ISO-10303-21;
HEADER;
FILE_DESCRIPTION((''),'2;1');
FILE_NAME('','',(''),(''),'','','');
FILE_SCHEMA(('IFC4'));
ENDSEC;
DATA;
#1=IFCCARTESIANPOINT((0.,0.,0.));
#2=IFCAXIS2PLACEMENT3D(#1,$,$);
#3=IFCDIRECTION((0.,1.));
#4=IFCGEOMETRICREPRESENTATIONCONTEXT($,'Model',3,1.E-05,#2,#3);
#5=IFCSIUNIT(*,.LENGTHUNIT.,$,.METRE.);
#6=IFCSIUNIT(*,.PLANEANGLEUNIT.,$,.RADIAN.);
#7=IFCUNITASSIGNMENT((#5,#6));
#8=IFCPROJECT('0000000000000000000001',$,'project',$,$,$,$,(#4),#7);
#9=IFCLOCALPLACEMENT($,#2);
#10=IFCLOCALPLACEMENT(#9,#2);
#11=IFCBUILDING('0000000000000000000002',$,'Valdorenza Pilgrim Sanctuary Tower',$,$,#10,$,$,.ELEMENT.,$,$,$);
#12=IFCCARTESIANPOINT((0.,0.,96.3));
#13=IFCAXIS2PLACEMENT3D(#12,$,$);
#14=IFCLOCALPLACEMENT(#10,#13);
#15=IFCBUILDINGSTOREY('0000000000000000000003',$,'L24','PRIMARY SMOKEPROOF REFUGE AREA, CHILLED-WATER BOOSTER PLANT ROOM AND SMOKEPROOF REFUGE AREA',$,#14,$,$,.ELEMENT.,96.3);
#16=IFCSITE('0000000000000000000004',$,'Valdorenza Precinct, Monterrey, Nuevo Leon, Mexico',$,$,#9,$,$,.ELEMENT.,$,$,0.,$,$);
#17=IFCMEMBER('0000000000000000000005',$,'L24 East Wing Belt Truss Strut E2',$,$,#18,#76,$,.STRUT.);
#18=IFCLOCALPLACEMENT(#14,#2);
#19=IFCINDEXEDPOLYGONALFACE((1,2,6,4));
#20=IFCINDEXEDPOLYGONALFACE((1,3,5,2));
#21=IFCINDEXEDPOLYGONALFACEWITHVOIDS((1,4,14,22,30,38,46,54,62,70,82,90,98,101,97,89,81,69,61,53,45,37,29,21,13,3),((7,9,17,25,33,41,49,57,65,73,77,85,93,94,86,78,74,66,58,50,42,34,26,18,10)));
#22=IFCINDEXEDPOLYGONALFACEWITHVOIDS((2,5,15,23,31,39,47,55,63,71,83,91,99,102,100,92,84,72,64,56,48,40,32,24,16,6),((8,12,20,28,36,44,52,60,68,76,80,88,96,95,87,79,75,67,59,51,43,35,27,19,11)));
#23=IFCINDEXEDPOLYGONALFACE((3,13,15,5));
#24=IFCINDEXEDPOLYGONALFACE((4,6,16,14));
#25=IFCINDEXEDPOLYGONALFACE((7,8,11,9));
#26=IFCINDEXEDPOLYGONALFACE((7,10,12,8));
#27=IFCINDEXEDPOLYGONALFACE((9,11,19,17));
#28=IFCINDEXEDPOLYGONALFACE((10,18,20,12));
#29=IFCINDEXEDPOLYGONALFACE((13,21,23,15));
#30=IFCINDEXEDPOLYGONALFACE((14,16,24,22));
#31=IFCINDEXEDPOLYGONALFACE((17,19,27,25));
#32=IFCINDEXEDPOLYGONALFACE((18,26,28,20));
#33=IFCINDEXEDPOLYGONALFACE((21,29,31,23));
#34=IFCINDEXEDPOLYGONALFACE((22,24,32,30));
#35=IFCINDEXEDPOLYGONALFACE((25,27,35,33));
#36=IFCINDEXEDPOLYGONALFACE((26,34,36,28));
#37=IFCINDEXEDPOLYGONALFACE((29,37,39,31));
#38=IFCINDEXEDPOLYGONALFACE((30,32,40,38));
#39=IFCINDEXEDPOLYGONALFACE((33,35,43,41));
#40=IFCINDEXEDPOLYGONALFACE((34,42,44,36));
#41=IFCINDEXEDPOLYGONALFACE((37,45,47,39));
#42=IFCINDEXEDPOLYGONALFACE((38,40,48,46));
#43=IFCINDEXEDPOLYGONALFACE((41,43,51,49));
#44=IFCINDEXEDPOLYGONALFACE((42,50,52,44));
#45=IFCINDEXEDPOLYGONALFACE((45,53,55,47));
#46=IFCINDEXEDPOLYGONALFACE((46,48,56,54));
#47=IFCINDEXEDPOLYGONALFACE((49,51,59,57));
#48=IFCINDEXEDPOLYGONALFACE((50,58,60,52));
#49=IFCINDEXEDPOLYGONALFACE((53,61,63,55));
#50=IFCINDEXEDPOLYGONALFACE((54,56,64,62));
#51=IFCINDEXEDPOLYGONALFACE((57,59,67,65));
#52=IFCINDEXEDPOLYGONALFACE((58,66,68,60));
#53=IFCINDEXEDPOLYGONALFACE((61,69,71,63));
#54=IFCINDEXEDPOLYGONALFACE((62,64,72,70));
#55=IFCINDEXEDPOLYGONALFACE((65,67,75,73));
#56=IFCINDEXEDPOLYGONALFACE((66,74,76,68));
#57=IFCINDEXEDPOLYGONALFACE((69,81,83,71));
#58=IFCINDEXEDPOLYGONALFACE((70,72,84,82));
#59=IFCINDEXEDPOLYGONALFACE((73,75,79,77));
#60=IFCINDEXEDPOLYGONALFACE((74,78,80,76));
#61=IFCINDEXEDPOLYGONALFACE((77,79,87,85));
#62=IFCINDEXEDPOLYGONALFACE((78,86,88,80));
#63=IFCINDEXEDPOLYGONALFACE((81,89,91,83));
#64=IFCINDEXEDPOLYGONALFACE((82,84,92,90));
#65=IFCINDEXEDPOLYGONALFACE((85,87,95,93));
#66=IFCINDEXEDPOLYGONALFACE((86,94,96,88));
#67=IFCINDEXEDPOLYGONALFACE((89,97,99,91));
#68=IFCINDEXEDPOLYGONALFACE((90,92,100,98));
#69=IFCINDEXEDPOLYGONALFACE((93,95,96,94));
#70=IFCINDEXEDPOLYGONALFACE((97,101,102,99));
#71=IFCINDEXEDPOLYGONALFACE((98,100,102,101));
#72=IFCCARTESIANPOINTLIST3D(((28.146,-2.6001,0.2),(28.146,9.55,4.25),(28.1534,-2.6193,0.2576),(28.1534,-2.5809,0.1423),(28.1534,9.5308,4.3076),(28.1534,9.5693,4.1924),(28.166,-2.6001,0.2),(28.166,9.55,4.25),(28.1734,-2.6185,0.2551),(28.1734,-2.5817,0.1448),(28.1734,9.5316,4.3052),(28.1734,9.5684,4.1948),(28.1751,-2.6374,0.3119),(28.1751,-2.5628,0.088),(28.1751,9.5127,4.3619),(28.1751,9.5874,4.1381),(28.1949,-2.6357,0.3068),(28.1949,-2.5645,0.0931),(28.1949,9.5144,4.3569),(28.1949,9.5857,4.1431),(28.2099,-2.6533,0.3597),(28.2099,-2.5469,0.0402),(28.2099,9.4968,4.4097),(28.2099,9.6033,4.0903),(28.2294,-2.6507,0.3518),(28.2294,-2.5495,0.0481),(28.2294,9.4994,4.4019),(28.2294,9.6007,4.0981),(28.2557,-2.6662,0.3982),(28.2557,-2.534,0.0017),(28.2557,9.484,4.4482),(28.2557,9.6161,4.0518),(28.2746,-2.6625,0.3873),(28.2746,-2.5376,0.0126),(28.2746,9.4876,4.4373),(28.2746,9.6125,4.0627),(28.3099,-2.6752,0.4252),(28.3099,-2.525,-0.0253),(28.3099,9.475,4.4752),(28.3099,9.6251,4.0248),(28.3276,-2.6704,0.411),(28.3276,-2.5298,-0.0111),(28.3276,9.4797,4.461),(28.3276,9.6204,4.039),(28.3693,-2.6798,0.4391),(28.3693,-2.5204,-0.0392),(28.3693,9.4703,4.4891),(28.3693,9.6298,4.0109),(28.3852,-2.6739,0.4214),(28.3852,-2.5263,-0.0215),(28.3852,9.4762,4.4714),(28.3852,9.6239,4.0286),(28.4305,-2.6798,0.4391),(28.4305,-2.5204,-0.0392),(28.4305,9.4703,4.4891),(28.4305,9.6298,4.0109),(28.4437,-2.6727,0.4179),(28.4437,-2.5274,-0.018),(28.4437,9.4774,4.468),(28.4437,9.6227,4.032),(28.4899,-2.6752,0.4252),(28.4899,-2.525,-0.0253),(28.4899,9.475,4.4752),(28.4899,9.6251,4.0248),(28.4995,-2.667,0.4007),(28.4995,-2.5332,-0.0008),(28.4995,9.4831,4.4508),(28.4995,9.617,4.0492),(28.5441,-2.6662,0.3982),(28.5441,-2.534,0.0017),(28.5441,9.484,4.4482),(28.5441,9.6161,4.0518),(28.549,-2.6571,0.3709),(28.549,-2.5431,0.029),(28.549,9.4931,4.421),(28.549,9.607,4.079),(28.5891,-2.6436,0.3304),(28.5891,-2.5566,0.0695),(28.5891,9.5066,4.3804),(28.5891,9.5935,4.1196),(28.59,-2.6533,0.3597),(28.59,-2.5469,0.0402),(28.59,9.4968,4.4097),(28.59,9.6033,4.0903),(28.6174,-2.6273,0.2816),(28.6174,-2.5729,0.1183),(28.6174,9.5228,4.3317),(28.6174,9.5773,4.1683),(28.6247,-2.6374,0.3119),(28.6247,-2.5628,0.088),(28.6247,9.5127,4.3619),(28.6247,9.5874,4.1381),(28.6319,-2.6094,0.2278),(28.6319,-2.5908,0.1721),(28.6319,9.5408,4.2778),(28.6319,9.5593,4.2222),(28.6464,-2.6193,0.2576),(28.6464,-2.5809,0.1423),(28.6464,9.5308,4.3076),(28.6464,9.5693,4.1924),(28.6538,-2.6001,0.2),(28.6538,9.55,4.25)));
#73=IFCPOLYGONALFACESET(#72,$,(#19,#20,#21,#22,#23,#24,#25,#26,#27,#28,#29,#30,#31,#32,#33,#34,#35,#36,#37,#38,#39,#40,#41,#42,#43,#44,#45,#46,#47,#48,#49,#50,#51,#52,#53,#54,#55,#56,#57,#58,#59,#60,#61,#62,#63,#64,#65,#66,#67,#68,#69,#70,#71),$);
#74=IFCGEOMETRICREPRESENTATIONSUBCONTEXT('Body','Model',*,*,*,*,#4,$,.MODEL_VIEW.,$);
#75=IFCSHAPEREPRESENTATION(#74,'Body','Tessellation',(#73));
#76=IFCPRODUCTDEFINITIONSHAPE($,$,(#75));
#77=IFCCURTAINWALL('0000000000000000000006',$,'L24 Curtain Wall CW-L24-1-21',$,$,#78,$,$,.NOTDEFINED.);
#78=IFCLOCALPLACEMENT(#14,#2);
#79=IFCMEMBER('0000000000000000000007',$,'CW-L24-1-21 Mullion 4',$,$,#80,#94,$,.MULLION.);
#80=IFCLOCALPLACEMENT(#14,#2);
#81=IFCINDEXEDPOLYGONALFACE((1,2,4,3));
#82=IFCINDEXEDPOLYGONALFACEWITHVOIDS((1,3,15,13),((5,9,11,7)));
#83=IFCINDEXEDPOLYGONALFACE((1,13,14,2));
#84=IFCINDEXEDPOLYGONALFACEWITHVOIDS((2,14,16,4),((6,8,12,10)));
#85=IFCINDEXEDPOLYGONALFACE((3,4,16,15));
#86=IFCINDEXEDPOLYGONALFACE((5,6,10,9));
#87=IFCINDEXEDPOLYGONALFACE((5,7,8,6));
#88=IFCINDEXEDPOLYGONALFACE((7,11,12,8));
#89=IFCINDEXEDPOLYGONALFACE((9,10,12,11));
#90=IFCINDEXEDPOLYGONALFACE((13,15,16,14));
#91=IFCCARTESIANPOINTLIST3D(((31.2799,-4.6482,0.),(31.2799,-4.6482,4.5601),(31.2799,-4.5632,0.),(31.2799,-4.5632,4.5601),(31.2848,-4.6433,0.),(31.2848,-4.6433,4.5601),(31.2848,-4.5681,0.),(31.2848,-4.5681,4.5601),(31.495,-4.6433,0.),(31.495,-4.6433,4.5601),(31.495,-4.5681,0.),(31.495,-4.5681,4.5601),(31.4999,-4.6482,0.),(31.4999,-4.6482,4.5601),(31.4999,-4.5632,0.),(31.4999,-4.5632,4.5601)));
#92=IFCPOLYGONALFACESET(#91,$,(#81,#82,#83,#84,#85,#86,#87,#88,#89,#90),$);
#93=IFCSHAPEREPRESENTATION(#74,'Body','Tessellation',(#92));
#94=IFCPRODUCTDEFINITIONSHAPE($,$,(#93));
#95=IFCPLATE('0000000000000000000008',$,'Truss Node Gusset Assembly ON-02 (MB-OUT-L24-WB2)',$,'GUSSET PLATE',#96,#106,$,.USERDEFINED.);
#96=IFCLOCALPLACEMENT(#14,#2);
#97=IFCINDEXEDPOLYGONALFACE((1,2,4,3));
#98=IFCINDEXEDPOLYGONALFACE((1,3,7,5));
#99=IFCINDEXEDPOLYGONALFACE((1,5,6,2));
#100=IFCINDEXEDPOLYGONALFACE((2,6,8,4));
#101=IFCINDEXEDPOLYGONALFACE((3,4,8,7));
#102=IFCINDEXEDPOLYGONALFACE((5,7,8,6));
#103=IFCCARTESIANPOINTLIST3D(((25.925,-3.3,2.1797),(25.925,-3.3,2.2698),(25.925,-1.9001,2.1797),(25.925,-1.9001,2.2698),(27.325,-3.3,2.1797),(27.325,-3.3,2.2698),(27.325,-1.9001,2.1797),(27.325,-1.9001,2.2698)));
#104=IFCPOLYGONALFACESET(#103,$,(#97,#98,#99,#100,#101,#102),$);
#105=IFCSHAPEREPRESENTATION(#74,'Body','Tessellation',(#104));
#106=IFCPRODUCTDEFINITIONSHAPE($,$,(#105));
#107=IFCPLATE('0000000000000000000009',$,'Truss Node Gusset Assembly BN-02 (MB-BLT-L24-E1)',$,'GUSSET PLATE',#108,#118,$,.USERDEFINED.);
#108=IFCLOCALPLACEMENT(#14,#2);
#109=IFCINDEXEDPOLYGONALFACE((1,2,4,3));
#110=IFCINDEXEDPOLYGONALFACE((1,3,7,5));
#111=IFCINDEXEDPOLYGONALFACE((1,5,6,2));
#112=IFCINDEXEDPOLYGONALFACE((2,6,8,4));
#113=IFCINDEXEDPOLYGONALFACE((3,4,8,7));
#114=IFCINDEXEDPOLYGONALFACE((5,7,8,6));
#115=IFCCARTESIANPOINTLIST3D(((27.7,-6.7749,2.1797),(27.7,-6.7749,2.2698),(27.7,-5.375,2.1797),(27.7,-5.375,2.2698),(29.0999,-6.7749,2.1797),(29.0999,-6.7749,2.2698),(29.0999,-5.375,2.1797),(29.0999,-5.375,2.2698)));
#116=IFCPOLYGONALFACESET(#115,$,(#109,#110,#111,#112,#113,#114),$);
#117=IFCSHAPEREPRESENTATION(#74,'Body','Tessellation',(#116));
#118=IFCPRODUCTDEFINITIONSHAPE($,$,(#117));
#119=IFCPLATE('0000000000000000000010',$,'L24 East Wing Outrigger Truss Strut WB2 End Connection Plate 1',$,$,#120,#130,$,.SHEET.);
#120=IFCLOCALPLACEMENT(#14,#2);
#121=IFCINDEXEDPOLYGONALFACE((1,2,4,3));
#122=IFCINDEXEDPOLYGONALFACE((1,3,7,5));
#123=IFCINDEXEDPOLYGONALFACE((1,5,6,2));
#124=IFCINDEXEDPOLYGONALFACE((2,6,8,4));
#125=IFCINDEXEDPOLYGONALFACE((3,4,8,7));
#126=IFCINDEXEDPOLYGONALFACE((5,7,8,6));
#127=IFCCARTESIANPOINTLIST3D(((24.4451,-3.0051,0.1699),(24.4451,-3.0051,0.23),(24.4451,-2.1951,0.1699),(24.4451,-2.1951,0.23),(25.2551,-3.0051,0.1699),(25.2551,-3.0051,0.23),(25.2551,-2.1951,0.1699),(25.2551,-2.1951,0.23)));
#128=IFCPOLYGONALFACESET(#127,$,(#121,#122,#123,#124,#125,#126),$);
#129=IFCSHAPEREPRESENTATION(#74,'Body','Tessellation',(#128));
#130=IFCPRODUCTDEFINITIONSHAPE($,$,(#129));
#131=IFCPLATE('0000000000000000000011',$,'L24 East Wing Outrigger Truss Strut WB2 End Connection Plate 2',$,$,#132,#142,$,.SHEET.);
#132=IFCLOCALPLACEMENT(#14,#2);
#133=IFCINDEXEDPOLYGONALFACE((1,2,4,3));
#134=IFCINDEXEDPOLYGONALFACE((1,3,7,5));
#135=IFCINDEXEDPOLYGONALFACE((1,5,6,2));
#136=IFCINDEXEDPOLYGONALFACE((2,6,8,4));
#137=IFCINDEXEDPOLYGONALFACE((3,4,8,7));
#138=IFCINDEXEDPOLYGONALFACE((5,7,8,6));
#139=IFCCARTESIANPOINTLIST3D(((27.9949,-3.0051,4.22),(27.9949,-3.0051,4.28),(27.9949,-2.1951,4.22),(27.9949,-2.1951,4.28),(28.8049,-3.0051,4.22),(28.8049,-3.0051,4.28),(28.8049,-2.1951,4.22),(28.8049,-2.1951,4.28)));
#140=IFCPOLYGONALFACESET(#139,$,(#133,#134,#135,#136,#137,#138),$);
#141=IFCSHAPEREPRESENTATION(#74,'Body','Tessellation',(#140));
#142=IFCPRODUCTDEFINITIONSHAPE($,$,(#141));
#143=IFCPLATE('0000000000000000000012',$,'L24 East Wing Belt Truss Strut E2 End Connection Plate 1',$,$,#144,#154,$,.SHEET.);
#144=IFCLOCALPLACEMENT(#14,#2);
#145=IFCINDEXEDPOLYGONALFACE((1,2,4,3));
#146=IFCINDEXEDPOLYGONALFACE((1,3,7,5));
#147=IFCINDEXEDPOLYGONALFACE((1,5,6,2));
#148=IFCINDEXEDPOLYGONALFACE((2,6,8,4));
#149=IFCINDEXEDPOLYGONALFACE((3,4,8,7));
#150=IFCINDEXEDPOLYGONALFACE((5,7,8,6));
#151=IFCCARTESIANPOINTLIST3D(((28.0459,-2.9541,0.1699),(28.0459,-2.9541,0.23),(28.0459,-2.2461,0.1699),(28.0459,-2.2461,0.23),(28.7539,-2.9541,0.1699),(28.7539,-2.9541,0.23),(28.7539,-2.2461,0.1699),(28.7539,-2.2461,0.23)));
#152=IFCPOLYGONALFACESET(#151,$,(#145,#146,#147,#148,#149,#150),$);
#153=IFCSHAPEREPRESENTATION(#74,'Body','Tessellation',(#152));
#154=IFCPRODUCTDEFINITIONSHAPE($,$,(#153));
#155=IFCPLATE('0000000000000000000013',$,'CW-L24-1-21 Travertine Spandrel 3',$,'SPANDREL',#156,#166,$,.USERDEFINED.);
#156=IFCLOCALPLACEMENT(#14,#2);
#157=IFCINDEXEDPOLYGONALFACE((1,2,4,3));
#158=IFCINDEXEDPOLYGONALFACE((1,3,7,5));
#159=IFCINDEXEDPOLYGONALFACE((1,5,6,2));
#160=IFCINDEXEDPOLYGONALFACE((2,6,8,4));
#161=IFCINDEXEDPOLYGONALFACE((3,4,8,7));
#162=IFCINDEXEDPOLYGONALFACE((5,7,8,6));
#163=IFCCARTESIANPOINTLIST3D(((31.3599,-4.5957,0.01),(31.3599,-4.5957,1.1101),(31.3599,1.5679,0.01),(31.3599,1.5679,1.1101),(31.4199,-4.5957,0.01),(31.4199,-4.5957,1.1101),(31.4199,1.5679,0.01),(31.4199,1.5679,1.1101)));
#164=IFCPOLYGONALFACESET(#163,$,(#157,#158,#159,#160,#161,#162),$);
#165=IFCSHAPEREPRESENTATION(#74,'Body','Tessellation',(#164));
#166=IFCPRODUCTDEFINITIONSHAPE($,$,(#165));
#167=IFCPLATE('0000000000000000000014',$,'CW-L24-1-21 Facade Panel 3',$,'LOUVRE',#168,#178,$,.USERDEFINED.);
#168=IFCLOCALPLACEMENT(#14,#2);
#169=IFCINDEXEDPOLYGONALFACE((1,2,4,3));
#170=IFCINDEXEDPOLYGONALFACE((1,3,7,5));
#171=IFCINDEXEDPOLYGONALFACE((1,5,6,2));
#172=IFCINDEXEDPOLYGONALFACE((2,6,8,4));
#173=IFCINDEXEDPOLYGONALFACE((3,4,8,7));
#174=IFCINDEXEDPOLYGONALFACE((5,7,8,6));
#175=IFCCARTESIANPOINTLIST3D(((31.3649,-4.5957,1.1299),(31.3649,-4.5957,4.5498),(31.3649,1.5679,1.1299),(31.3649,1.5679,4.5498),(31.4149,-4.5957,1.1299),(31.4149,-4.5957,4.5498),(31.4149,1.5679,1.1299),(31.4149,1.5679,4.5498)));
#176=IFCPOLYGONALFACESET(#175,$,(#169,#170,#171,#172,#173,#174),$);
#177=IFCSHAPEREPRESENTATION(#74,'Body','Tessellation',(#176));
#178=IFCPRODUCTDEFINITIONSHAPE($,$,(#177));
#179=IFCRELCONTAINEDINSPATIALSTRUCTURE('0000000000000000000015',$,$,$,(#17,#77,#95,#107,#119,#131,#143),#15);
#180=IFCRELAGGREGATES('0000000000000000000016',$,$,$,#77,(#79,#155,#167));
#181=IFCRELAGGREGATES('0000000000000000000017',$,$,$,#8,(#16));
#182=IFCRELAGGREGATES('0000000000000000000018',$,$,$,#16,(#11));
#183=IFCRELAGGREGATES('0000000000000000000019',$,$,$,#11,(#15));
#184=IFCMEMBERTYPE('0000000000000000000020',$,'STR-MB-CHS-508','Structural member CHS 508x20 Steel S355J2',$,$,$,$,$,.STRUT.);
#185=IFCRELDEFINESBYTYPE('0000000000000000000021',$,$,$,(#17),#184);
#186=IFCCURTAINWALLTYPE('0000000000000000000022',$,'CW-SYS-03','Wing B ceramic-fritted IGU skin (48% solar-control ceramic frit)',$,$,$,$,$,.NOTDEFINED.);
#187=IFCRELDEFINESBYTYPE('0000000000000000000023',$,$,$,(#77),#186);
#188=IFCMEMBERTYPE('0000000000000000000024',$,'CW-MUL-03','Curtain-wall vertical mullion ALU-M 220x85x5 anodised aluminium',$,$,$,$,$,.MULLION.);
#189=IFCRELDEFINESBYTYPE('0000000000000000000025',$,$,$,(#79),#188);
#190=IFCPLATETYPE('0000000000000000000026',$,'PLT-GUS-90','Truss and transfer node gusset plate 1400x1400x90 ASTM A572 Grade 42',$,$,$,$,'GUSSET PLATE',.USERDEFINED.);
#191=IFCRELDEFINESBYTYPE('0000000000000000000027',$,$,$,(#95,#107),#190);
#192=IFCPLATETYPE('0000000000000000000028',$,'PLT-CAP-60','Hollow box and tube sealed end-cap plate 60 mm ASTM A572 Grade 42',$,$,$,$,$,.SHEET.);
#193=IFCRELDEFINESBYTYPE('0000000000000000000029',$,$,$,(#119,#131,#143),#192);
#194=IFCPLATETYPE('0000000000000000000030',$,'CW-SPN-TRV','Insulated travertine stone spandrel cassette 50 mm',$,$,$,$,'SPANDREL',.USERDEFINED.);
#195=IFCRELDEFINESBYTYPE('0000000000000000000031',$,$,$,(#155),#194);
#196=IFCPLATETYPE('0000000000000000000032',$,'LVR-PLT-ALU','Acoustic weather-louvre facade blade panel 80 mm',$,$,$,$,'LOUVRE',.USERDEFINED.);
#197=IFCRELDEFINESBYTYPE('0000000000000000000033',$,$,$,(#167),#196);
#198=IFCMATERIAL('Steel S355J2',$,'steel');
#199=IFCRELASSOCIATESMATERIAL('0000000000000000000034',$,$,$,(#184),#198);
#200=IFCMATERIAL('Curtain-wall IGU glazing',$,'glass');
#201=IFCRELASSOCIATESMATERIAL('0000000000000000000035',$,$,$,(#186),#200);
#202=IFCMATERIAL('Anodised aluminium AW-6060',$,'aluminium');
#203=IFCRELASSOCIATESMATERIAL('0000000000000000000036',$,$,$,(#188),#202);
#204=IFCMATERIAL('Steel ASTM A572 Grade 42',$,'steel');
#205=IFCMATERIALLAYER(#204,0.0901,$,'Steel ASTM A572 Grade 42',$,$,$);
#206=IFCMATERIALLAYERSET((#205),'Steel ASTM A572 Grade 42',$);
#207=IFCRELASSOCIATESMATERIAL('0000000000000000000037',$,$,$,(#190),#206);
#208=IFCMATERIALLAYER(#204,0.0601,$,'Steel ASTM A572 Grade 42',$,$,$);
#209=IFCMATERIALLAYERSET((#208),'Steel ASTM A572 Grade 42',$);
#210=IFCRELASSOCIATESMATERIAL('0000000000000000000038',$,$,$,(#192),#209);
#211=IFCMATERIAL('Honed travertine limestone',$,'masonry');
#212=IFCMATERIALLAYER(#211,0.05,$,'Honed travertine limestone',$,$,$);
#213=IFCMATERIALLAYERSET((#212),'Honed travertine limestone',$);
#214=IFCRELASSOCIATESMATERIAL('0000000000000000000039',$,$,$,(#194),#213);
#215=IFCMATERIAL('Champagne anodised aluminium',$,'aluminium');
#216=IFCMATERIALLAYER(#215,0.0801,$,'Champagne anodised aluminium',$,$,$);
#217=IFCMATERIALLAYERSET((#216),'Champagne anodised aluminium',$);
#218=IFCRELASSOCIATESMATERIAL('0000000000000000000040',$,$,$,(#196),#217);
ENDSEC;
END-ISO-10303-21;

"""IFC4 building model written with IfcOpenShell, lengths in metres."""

from ifc_helpers import new_model, si_unit, direction, frame, origin, origin_2d, place, context, subcontext, project, spatial, rectangle, hollow_rectangle, hollow_circle, extrude, source, transform, mapped, material, layer, layer_set, material_profile, profile_set, type_object, element, aggregate, save


model = new_model("IFC4")

# Units and contexts
model_context = context("Model", 3, precision=1e-05, world=origin(), true_north=direction((0.0, 1.0)))
body_context = subcontext(model_context, "Body", "Model", "MODEL_VIEW")
ifc_project = project(units=[si_unit("LENGTHUNIT", "METRE"), si_unit("PLANEANGLEUNIT", "RADIAN")], contexts=[model_context])

# Site, building, storey
site_placement = place(None, origin())
site = spatial("IfcSite", under=ifc_project, at=site_placement, Name="Valdorenza Precinct, Monterrey, Nuevo Leon, Mexico", CompositionType="ELEMENT", RefElevation=0.0)
building_placement = place(site_placement, origin())
building = spatial("IfcBuilding", under=site, at=building_placement, Name="Valdorenza Pilgrim Sanctuary Tower", CompositionType="ELEMENT")
storey_placement = place(building_placement, frame((0.0, 0.0, 96.3)))
storey = spatial("IfcBuildingStorey", under=building, at=storey_placement, Name="L24", Description="PRIMARY SMOKEPROOF REFUGE AREA, CHILLED-WATER BOOSTER PLANT ROOM AND SMOKEPROOF REFUGE AREA", CompositionType="ELEMENT", Elevation=96.3)

# Member
ifc_material_1 = material(Name="Steel S355J2", Category="steel")
ifc_material_profile_1 = material_profile(ifc_material_1, hollow_circle(Radius=0.2539, WallThickness=0.02, at=origin_2d()), Name="CHS 508x20")
ifc_profile_set_1 = profile_set([ifc_material_profile_1], Name="Steel S355J2")
member_type_1 = type_object("IfcMemberType", Name="STR-MB-CHS-508", Description="Structural member CHS 508x20 Steel S355J2", PredefinedType="STRUT", material=ifc_profile_set_1)
shared_shape_1 = source(origin(), body_context, "Body", "SweptSolid", [
    extrude(hollow_circle(Radius=0.2539, WallThickness=0.02, at=origin_2d()), origin(), (0.0, 0.0, 1.0), 12.8074),
])
member_1_placement = place(storey_placement, frame((28.3999, -2.6001, 0.2), z_axis=(0.0, 0.948683, 0.316228), x_axis=(-1.0, 0.0, 0.0)))
element("IfcMember", 1, at=member_1_placement, inside=storey, type_object=member_type_1, Name="L24 East Wing Belt Truss Strut E2", PredefinedType="STRUT", context=body_context, shape_type="MappedRepresentation", body=[
    mapped(shared_shape_1, transform((0.0, 0.0, 0.0), x_axis=(1.0, 0.0, 0.0), y_axis=(0.0, 1.0, 0.0), z_axis=(0.0, 0.0, 1.0), scale=1.0)),
])

# Curtain wall, member
ifc_material_2 = material(Name="Curtain-wall IGU glazing", Category="glass")
curtain_wall_type = type_object("IfcCurtainWallType", Name="CW-SYS-03", Description="Wing B ceramic-fritted IGU skin (48% solar-control ceramic frit)", PredefinedType="NOTDEFINED", material=ifc_material_2)
curtain_wall_placement = place(storey_placement, origin())
curtain_wall = element("IfcCurtainWall", 2, at=curtain_wall_placement, inside=storey, type_object=curtain_wall_type, Name="L24 Curtain Wall CW-L24-1-21", PredefinedType="NOTDEFINED")
ifc_material_3 = material(Name="Anodised aluminium AW-6060", Category="aluminium")
ifc_material_profile_2 = material_profile(ifc_material_3, hollow_rectangle(XDim=0.085, YDim=0.22, WallThickness=0.0049, at=origin_2d()), Name="ALU-M 220x85x5")
ifc_profile_set_2 = profile_set([ifc_material_profile_2], Name="Anodised aluminium AW-6060")
member_type_2 = type_object("IfcMemberType", Name="CW-MUL-03", Description="Curtain-wall vertical mullion ALU-M 220x85x5 anodised aluminium", PredefinedType="MULLION", material=ifc_profile_set_2)
shared_shape_2 = source(origin(), body_context, "Body", "SweptSolid", [
    extrude(hollow_rectangle(XDim=0.085, YDim=0.22, WallThickness=0.0049, at=origin_2d()), origin(), (0.0, 0.0, 1.0), 4.5601),
])
member_2_placement = place(storey_placement, frame((31.3899, -4.6057, 0.0), z_axis=(0.0, 0.0, 1.0), x_axis=(0.0, -1.0, 0.0)))
member_2 = element("IfcMember", 3, at=member_2_placement, type_object=member_type_2, Name="CW-L24-1-21 Mullion 4", PredefinedType="MULLION", context=body_context, shape_type="MappedRepresentation", body=[
    mapped(shared_shape_2, transform((0.0, 0.0, 0.0), x_axis=(1.0, 0.0, 0.0), y_axis=(0.0, 1.0, 0.0), z_axis=(0.0, 0.0, 1.0), scale=1.0)),
])

# Plates
ifc_material_4 = material(Name="Steel ASTM A572 Grade 42", Category="steel")
ifc_layer_1 = layer(ifc_material_4, 0.0901, Name="Steel ASTM A572 Grade 42")
ifc_layer_set_1 = layer_set([ifc_layer_1], Name="Steel ASTM A572 Grade 42")
plate_type_1 = type_object("IfcPlateType", Name="PLT-GUS-90", Description="Truss and transfer node gusset plate 1400x1400x90 ASTM A572 Grade 42", ElementType="GUSSET PLATE", PredefinedType="USERDEFINED", material=ifc_layer_set_1)
shared_shape_3 = source(origin(), body_context, "Body", "SweptSolid", [
    extrude(rectangle(XDim=1.3999, YDim=1.3999, at=origin_2d()), origin(), (0.0, 0.0, 1.0), 0.0901),
])
for number, where, z_axis, x_axis, name in (
    (4, (26.625, -2.6001, 2.1797), (0.0, 0.0, 1.0), (1.0, 0.0, 0.0), "Truss Node Gusset Assembly ON-02 (MB-OUT-L24-WB2)"),
    (5, (28.3999, -6.075, 2.1797), (0.0, 0.0, 1.0), (1.0, 0.0, 0.0), "Truss Node Gusset Assembly BN-02 (MB-BLT-L24-E1)"),
):
    element("IfcPlate", number, at=place(storey_placement, frame(where, z_axis=z_axis, x_axis=x_axis)), inside=storey, type_object=plate_type_1, Name=name, ObjectType="GUSSET PLATE", PredefinedType="USERDEFINED", context=body_context, shape_type="MappedRepresentation", body=[
        mapped(shared_shape_3, transform((0.0, 0.0, 0.0), x_axis=(1.0, 0.0, 0.0), y_axis=(0.0, 1.0, 0.0), z_axis=(0.0, 0.0, 1.0), scale=1.0)),
    ])
ifc_layer_2 = layer(ifc_material_4, 0.0601, Name="Steel ASTM A572 Grade 42")
ifc_layer_set_2 = layer_set([ifc_layer_2], Name="Steel ASTM A572 Grade 42")
plate_type_2 = type_object("IfcPlateType", Name="PLT-CAP-60", Description="Hollow box and tube sealed end-cap plate 60 mm ASTM A572 Grade 42", PredefinedType="SHEET", material=ifc_layer_set_2)
shared_shape_4 = source(origin(), body_context, "Body", "SweptSolid", [
    extrude(rectangle(XDim=0.8101, YDim=0.8101, at=origin_2d()), origin(), (0.0, 0.0, 1.0), 0.0601),
])
for number, where, z_axis, x_axis, name in (
    (6, (24.8501, -2.6001, 0.1699), (0.0, 0.0, 1.0), (1.0, 0.0, 0.0), "L24 East Wing Outrigger Truss Strut WB2 End Connection Plate 1"),
    (7, (28.3999, -2.6001, 4.22), (0.0, 0.0, 1.0), (1.0, 0.0, 0.0), "L24 East Wing Outrigger Truss Strut WB2 End Connection Plate 2"),
):
    element("IfcPlate", number, at=place(storey_placement, frame(where, z_axis=z_axis, x_axis=x_axis)), inside=storey, type_object=plate_type_2, Name=name, PredefinedType="SHEET", context=body_context, shape_type="MappedRepresentation", body=[
        mapped(shared_shape_4, transform((0.0, 0.0, 0.0), x_axis=(1.0, 0.0, 0.0), y_axis=(0.0, 1.0, 0.0), z_axis=(0.0, 0.0, 1.0), scale=1.0)),
    ])
shared_shape_5 = source(origin(), body_context, "Body", "SweptSolid", [
    extrude(rectangle(XDim=0.708, YDim=0.708, at=origin_2d()), origin(), (0.0, 0.0, 1.0), 0.0601),
])
plate_1_placement = place(storey_placement, frame((28.3999, -2.6001, 0.1699), z_axis=(0.0, 0.0, 1.0), x_axis=(1.0, 0.0, 0.0)))
element("IfcPlate", 8, at=plate_1_placement, inside=storey, type_object=plate_type_2, Name="L24 East Wing Belt Truss Strut E2 End Connection Plate 1", PredefinedType="SHEET", context=body_context, shape_type="MappedRepresentation", body=[
    mapped(shared_shape_5, transform((0.0, 0.0, 0.0), x_axis=(1.0, 0.0, 0.0), y_axis=(0.0, 1.0, 0.0), z_axis=(0.0, 0.0, 1.0), scale=1.0)),
])

# Plates
ifc_material_5 = material(Name="Honed travertine limestone", Category="masonry")
ifc_layer_3 = layer(ifc_material_5, 0.05, Name="Honed travertine limestone")
ifc_layer_set_3 = layer_set([ifc_layer_3], Name="Honed travertine limestone")
plate_type_3 = type_object("IfcPlateType", Name="CW-SPN-TRV", Description="Insulated travertine stone spandrel cassette 50 mm", ElementType="SPANDREL", PredefinedType="USERDEFINED", material=ifc_layer_set_3)
shared_shape_6 = source(origin(), body_context, "Body", "SweptSolid", [
    extrude(rectangle(XDim=6.1636, YDim=0.0601, at=origin_2d()), origin(), (0.0, 0.0, 1.0), 1.1001),
])
plate_2_placement = place(storey_placement, frame((31.3899, -1.5139, 0.01), z_axis=(0.0, 0.0, 1.0), x_axis=(0.0, -1.0, 0.0)))
plate_2 = element("IfcPlate", 9, at=plate_2_placement, type_object=plate_type_3, Name="CW-L24-1-21 Travertine Spandrel 3", ObjectType="SPANDREL", PredefinedType="USERDEFINED", context=body_context, shape_type="MappedRepresentation", body=[
    mapped(shared_shape_6, transform((0.0, 0.0, 0.0), x_axis=(1.0, 0.0, 0.0), y_axis=(0.0, 1.0, 0.0), z_axis=(0.0, 0.0, 1.0), scale=1.0)),
])
ifc_material_6 = material(Name="Champagne anodised aluminium", Category="aluminium")
ifc_layer_4 = layer(ifc_material_6, 0.0801, Name="Champagne anodised aluminium")
ifc_layer_set_4 = layer_set([ifc_layer_4], Name="Champagne anodised aluminium")
plate_type_4 = type_object("IfcPlateType", Name="LVR-PLT-ALU", Description="Acoustic weather-louvre facade blade panel 80 mm", ElementType="LOUVRE", PredefinedType="USERDEFINED", material=ifc_layer_set_4)
shared_shape_7 = source(origin(), body_context, "Body", "SweptSolid", [
    extrude(rectangle(XDim=6.1636, YDim=0.05, at=origin_2d()), origin(), (0.0, 0.0, 1.0), 3.4199),
])
plate_3_placement = place(storey_placement, frame((31.3899, -1.5139, 1.1299), z_axis=(0.0, 0.0, 1.0), x_axis=(0.0, -1.0, 0.0)))
plate_3 = element("IfcPlate", 10, at=plate_3_placement, type_object=plate_type_4, Name="CW-L24-1-21 Facade Panel 3", ObjectType="LOUVRE", PredefinedType="USERDEFINED", context=body_context, shape_type="MappedRepresentation", body=[
    mapped(shared_shape_7, transform((0.0, 0.0, 0.0), x_axis=(1.0, 0.0, 0.0), y_axis=(0.0, 1.0, 0.0), z_axis=(0.0, 0.0, 1.0), scale=1.0)),
])
aggregate(curtain_wall, [member_2, plate_2, plate_3])

save(model, "model.ifc")
